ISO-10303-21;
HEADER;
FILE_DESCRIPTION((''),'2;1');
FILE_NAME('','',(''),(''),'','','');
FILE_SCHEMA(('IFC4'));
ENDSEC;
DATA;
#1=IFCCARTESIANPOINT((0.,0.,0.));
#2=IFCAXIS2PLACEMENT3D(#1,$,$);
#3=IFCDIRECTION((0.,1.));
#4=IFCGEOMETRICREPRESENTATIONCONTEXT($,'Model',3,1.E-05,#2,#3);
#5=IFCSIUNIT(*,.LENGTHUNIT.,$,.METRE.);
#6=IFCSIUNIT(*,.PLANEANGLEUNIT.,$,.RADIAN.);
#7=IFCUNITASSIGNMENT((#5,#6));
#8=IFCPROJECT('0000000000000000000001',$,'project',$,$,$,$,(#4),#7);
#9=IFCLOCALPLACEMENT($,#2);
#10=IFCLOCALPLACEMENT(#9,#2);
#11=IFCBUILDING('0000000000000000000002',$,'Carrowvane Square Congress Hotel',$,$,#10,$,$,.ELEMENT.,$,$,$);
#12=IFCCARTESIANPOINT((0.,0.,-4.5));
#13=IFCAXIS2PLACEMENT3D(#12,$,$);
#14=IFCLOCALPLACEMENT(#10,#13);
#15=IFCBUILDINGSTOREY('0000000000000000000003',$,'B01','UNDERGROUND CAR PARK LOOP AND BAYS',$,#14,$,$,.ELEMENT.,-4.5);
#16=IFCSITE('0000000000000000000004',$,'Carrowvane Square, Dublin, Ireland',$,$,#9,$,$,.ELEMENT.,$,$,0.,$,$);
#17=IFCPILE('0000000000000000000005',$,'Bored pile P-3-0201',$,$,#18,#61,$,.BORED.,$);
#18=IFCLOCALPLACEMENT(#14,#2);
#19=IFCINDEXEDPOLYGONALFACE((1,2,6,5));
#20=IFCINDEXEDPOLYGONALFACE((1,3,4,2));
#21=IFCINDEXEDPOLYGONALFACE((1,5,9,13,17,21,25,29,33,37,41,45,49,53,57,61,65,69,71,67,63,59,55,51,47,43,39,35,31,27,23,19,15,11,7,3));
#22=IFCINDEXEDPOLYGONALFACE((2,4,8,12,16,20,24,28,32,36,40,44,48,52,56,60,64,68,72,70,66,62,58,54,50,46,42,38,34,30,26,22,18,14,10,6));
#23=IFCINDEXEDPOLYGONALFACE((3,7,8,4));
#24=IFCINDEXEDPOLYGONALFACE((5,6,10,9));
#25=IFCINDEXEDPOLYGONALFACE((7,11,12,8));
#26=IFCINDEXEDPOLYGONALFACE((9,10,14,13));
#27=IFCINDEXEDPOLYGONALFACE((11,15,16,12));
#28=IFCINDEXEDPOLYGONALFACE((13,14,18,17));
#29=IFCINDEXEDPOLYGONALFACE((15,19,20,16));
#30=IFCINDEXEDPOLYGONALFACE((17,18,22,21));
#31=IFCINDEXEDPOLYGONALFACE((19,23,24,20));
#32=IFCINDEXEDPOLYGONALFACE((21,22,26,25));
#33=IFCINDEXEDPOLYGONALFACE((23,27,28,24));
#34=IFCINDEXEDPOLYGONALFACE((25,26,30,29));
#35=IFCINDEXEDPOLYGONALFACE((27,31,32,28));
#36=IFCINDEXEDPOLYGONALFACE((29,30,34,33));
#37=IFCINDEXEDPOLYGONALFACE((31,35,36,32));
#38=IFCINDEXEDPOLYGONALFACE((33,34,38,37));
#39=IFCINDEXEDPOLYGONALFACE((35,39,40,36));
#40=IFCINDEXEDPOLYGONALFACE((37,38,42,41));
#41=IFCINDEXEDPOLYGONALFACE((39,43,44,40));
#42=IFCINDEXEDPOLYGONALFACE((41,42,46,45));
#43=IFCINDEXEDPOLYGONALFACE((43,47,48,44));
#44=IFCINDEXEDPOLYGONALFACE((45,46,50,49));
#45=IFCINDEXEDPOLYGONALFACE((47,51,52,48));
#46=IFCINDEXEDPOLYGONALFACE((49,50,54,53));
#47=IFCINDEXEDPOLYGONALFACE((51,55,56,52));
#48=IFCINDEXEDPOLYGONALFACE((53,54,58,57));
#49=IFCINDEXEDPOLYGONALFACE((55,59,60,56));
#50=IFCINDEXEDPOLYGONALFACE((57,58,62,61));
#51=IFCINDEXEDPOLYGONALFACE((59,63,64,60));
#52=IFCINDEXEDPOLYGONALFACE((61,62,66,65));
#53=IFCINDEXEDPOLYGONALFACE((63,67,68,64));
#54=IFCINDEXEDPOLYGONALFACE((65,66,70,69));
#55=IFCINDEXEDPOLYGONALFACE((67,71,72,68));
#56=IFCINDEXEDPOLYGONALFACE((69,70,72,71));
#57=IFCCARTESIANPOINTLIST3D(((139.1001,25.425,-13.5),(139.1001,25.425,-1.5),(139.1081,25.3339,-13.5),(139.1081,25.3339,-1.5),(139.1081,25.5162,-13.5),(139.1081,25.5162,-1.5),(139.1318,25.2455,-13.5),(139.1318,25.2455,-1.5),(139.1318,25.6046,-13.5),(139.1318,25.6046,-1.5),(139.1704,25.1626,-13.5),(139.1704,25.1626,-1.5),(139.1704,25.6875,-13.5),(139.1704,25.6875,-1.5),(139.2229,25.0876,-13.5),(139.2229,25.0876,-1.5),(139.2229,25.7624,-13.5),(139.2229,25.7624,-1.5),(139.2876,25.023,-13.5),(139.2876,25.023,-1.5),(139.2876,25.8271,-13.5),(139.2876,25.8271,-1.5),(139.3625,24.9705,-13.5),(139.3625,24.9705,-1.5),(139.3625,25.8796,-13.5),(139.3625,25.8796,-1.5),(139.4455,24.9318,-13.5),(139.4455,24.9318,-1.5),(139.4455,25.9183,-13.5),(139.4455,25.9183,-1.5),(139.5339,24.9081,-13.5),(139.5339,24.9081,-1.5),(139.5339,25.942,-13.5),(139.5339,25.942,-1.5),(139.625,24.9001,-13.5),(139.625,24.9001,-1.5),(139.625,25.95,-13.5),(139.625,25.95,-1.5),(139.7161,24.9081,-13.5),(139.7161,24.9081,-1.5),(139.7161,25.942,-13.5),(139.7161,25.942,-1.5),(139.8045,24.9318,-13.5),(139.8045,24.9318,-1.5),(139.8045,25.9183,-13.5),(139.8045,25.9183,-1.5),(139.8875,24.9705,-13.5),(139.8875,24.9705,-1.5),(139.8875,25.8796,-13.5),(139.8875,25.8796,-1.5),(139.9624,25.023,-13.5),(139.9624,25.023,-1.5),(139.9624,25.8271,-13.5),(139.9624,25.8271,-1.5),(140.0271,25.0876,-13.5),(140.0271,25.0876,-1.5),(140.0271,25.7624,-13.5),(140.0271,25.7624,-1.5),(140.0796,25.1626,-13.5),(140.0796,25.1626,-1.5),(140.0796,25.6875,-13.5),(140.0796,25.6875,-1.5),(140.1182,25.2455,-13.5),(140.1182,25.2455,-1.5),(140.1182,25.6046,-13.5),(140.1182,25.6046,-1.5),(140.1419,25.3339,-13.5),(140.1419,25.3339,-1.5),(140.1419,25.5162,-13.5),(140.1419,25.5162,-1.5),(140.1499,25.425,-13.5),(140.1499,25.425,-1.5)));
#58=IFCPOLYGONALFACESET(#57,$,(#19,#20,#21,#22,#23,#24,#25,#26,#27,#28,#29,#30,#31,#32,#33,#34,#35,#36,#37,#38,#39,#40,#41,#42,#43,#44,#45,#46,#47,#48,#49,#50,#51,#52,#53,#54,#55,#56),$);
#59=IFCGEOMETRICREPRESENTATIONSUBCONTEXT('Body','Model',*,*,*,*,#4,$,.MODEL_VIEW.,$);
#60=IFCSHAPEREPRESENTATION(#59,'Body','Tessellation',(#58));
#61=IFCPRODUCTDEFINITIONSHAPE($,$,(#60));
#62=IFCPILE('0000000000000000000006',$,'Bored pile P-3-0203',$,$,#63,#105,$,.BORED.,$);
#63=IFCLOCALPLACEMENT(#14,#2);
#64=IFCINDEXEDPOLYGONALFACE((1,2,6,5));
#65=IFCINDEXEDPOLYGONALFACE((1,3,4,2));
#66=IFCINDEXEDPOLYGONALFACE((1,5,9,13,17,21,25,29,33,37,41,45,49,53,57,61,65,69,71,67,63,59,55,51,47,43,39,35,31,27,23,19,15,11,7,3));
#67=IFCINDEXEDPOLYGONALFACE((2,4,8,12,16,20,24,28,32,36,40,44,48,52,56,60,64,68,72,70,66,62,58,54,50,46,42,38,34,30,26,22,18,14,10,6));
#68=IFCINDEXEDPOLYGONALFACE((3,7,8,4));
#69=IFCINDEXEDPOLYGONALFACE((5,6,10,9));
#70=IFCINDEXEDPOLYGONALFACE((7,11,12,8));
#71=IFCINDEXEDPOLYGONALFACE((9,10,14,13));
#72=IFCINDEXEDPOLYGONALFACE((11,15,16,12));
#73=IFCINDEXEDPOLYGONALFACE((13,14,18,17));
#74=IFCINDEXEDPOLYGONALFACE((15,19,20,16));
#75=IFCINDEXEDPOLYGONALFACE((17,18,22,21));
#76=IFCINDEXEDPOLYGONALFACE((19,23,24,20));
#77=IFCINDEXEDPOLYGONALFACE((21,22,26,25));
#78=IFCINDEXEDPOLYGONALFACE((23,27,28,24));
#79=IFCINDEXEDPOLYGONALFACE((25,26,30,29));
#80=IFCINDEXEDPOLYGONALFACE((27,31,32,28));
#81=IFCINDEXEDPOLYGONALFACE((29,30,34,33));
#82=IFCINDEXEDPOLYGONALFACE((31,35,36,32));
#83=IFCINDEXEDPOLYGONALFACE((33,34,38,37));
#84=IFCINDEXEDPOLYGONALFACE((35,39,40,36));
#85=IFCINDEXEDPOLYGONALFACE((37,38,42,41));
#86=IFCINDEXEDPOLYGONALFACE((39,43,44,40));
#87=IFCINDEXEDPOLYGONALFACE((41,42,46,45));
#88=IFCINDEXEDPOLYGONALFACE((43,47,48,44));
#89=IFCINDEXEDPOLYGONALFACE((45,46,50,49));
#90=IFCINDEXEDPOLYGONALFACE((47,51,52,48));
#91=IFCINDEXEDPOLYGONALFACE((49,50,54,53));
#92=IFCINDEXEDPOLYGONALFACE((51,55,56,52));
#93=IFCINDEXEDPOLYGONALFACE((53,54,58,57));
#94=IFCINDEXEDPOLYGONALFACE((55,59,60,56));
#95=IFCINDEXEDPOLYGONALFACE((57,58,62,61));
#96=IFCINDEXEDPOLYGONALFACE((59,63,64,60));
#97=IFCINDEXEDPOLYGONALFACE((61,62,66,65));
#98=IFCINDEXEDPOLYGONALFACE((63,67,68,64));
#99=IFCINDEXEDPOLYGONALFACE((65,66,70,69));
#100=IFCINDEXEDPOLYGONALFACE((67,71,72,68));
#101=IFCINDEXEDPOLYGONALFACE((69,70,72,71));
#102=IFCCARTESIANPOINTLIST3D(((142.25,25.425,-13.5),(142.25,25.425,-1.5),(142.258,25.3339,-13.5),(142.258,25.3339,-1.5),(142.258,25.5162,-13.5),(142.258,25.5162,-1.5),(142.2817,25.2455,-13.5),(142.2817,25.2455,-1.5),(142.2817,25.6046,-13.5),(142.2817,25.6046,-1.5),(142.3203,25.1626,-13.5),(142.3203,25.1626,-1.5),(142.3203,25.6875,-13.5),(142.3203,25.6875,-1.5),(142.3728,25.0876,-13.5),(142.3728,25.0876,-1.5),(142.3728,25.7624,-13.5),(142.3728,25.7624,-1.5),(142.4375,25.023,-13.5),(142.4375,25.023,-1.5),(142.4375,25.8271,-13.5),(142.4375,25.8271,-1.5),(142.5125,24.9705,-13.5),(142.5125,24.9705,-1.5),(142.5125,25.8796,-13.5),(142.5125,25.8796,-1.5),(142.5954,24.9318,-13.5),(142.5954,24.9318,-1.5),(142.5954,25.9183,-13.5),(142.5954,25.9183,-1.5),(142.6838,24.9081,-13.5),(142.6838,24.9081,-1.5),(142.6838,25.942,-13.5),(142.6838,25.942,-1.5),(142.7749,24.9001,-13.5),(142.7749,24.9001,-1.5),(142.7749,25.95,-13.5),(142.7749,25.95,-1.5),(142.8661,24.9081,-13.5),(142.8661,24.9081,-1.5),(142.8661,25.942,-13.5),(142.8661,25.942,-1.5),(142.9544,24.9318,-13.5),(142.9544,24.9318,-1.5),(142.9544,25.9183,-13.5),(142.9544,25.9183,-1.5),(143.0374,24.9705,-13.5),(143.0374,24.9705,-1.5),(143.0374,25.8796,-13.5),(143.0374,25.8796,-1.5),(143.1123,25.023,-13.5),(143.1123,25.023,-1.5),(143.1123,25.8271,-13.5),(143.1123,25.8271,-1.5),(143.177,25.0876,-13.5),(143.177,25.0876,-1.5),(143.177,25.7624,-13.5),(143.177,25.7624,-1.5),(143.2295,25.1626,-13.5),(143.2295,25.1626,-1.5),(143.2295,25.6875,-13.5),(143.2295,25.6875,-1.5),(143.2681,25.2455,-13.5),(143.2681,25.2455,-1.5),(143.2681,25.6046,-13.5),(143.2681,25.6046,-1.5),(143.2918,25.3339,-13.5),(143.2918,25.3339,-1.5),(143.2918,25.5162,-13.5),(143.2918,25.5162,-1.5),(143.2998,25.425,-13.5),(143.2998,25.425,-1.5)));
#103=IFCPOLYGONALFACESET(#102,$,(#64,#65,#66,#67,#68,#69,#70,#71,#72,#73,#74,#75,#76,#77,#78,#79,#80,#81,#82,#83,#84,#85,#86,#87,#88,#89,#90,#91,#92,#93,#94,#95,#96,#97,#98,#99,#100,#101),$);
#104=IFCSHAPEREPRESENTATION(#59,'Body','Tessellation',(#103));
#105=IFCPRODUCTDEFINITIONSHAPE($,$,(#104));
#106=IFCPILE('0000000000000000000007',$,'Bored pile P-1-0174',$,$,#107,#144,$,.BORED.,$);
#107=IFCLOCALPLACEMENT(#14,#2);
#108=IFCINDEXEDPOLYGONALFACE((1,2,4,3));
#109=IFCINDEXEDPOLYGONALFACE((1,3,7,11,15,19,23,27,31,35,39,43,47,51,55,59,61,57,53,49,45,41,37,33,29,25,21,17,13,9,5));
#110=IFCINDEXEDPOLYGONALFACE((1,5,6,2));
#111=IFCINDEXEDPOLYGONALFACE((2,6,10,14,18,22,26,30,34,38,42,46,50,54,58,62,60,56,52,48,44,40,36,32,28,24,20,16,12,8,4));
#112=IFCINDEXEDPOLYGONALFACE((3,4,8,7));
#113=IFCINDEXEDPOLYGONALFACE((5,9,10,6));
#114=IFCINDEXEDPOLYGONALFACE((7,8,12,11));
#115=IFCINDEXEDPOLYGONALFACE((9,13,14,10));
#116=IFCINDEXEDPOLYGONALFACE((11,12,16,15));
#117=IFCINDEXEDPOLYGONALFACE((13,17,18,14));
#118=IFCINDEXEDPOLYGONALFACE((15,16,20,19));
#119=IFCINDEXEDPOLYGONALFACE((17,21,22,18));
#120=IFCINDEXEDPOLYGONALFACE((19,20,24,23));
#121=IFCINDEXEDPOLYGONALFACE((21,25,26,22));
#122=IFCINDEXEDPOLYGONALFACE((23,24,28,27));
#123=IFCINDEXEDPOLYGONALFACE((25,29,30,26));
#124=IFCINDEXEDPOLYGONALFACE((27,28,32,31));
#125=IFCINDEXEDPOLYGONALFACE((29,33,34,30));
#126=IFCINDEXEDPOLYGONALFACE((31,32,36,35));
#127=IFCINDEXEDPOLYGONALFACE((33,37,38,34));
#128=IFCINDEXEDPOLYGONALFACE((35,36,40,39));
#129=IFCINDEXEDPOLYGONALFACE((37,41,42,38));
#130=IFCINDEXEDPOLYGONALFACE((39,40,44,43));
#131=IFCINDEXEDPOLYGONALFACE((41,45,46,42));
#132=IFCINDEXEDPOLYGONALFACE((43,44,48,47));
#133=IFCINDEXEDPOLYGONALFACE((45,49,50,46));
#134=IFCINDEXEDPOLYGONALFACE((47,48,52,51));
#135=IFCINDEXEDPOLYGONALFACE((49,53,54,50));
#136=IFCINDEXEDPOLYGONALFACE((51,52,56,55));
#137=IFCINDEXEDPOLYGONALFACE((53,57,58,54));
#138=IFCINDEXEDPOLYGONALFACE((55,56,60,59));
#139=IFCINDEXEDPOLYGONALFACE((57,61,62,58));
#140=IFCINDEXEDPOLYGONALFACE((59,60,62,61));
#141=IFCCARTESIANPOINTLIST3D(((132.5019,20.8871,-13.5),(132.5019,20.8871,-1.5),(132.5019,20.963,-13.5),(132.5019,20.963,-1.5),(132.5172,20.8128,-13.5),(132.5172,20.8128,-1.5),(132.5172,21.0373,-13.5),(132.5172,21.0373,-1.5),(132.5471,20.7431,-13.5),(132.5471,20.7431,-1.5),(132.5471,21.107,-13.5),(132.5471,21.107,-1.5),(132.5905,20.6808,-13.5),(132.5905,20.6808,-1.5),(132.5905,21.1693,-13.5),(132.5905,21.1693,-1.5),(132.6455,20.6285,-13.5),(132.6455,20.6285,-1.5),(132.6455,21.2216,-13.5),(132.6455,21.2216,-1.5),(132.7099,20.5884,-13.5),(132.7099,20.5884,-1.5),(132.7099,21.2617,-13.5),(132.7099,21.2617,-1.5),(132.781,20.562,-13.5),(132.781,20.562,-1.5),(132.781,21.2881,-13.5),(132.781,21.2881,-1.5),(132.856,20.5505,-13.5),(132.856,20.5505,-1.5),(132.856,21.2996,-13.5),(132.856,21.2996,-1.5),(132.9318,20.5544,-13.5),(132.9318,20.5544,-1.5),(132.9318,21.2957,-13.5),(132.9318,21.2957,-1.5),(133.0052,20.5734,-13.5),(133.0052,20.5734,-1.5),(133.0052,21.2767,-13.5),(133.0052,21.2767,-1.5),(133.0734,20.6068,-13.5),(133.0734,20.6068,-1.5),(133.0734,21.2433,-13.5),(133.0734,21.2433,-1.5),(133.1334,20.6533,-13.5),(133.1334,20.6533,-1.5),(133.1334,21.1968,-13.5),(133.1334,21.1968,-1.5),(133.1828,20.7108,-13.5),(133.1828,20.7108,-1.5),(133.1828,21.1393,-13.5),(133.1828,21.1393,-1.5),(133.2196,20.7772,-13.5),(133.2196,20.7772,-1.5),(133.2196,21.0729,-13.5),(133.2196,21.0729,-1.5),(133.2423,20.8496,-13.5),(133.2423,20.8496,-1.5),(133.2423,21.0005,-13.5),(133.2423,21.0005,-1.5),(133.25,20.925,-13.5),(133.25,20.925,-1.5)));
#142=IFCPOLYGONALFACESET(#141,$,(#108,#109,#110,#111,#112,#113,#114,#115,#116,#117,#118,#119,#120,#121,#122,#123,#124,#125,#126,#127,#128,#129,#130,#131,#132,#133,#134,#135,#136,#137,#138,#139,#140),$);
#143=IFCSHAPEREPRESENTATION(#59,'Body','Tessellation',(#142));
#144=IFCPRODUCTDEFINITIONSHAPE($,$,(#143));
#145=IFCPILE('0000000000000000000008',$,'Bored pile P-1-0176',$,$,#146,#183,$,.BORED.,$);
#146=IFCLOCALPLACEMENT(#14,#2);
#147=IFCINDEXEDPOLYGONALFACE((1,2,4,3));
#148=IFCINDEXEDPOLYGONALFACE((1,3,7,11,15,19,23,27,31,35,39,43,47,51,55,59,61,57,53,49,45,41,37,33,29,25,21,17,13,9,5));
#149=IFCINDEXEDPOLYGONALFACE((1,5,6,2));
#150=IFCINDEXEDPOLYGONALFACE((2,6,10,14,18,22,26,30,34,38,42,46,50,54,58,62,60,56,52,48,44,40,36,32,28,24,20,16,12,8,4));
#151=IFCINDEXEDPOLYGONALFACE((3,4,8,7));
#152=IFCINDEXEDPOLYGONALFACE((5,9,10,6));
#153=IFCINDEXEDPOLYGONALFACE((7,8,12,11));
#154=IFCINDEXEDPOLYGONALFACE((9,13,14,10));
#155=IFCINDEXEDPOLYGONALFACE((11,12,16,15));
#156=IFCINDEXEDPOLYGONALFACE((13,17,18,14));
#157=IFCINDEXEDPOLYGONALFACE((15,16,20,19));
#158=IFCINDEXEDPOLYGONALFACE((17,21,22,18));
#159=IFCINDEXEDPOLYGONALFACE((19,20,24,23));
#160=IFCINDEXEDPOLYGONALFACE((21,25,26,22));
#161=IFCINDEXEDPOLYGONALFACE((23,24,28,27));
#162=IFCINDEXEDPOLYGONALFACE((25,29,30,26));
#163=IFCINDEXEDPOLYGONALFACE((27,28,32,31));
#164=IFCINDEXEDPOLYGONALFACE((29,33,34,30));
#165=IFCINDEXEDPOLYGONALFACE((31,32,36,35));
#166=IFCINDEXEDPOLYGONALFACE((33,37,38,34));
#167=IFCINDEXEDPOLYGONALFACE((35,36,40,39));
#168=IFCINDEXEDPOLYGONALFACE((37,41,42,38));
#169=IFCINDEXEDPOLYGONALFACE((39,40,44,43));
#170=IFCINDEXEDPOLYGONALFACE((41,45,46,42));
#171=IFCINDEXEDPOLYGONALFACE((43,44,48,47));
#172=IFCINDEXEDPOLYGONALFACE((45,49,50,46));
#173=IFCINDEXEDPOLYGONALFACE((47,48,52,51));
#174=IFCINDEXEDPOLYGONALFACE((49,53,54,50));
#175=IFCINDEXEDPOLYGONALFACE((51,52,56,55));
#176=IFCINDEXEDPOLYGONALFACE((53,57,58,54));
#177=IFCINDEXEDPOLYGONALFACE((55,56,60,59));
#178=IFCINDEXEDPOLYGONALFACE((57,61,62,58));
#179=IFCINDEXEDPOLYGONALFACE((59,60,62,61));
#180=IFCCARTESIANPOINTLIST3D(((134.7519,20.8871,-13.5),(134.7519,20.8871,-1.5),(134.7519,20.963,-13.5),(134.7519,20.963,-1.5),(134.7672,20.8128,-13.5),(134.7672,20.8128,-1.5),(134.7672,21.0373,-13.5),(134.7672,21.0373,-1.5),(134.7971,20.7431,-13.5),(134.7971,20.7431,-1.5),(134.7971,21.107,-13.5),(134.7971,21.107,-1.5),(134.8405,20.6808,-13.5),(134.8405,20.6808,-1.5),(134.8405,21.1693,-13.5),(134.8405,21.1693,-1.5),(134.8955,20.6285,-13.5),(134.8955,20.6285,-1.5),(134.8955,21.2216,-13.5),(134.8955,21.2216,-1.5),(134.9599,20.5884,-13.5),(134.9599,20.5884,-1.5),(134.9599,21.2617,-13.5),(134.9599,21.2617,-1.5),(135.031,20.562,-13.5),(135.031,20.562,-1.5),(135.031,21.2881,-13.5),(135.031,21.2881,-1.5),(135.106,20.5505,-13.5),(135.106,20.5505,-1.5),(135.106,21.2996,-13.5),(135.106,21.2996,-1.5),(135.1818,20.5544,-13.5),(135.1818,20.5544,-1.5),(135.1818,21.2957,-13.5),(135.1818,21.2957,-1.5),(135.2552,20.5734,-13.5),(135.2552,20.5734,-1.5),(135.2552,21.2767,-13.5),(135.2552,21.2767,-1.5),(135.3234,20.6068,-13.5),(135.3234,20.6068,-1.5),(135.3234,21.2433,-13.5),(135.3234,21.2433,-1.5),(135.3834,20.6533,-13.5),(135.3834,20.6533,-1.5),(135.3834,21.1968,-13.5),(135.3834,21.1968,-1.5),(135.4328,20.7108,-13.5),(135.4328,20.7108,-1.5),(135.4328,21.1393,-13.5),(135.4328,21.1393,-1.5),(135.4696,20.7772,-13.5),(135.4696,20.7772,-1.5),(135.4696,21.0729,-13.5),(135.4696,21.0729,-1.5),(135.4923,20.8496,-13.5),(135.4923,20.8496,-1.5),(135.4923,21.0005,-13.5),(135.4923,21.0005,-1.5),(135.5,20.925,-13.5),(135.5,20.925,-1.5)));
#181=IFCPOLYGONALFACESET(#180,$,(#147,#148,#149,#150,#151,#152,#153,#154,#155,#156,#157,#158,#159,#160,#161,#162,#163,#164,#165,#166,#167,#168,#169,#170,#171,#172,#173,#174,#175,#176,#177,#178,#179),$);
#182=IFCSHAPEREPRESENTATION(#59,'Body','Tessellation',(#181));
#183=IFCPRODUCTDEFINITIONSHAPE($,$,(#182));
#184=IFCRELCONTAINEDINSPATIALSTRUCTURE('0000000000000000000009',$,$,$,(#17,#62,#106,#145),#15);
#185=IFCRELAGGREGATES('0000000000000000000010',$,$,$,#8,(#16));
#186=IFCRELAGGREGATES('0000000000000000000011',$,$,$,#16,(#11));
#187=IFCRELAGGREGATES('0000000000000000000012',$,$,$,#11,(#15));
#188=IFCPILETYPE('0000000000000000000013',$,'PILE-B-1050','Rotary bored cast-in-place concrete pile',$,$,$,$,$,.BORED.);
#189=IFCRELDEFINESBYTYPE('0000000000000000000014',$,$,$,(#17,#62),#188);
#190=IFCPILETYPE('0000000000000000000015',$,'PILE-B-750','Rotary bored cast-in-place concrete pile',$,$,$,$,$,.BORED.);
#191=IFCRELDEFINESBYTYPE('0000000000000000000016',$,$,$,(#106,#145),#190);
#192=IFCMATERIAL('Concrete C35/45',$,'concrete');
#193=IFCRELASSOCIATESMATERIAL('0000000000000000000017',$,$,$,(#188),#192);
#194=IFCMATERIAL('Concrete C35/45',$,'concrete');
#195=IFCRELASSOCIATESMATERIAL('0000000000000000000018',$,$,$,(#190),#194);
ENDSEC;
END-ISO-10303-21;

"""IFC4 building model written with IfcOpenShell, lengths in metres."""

from ifc_helpers import new_model, si_unit, direction, frame, origin, origin_2d, place, context, subcontext, project, spatial, circle, extrude, material, material_profile, profile_set, type_object, element, save


model = new_model("IFC4")

# Units and contexts
model_context = context("Model", 3, precision=1e-05, world=origin(), true_north=direction((0.0, 1.0)))
body_context = subcontext(model_context, "Body", "Model", "MODEL_VIEW")
ifc_project = project(units=[si_unit("LENGTHUNIT", "METRE"), si_unit("PLANEANGLEUNIT", "RADIAN")], contexts=[model_context])

# Site, building, storey
site_placement = place(None, origin())
site = spatial("IfcSite", under=ifc_project, at=site_placement, Name="Carrowvane Square, Dublin, Ireland", CompositionType="ELEMENT", RefElevation=0.0)
building_placement = place(site_placement, origin())
building = spatial("IfcBuilding", under=site, at=building_placement, Name="Carrowvane Square Congress Hotel", CompositionType="ELEMENT")
storey_placement = place(building_placement, frame((0.0, 0.0, -4.5)))
storey = spatial("IfcBuildingStorey", under=building, at=storey_placement, Name="B01", Description="UNDERGROUND CAR PARK LOOP AND BAYS", CompositionType="ELEMENT", Elevation=-4.5)

# Piles
ifc_material_1 = material(Name="Concrete C35/45", Category="concrete")
ifc_material_profile_1 = material_profile(ifc_material_1, circle(Radius=0.5249, at=origin_2d()), Name="PILE D1050")
ifc_profile_set_1 = profile_set([ifc_material_profile_1], Name="Concrete C35/45")
pile_type_1 = type_object("IfcPileType", Name="PILE-B-1050", Description="Rotary bored cast-in-place concrete pile", PredefinedType="BORED", material=ifc_profile_set_1)
for number, where, z_axis, x_axis, name in (
    (1, (139.625, 25.425, -1.5), (0.0, 0.0, -1.0), (1.0, 0.0, 0.0), "Bored pile P-3-0201"),
    (2, (142.7749, 25.425, -1.5), (0.0, 0.0, -1.0), (1.0, 0.0, 0.0), "Bored pile P-3-0203"),
):
    element("IfcPile", number, at=place(storey_placement, frame(where, z_axis=z_axis, x_axis=x_axis)), inside=storey, type_object=pile_type_1, Name=name, PredefinedType="BORED", context=body_context, shape_type="SweptSolid", body=[
        extrude(circle(Radius=0.5249, at=origin_2d()), origin(), (0.0, 0.0, 1.0), 12.0),
    ])
ifc_material_2 = material(Name="Concrete C35/45", Category="concrete")
ifc_material_profile_2 = material_profile(ifc_material_2, circle(Radius=0.375, at=origin_2d()), Name="PILE D750")
ifc_profile_set_2 = profile_set([ifc_material_profile_2], Name="Concrete C35/45")
pile_type_2 = type_object("IfcPileType", Name="PILE-B-750", Description="Rotary bored cast-in-place concrete pile", PredefinedType="BORED", material=ifc_profile_set_2)
for number, where, z_axis, x_axis, name in (
    (3, (132.875, 20.925, -1.5), (0.0, 0.0, -1.0), (1.0, 0.0, 0.0), "Bored pile P-1-0174"),
    (4, (135.125, 20.925, -1.5), (0.0, 0.0, -1.0), (1.0, 0.0, 0.0), "Bored pile P-1-0176"),
):
    element("IfcPile", number, at=place(storey_placement, frame(where, z_axis=z_axis, x_axis=x_axis)), inside=storey, type_object=pile_type_2, Name=name, PredefinedType="BORED", context=body_context, shape_type="SweptSolid", body=[
        extrude(circle(Radius=0.375, at=origin_2d()), origin(), (0.0, 0.0, 1.0), 12.0),
    ])

save(model, "model.ifc")
